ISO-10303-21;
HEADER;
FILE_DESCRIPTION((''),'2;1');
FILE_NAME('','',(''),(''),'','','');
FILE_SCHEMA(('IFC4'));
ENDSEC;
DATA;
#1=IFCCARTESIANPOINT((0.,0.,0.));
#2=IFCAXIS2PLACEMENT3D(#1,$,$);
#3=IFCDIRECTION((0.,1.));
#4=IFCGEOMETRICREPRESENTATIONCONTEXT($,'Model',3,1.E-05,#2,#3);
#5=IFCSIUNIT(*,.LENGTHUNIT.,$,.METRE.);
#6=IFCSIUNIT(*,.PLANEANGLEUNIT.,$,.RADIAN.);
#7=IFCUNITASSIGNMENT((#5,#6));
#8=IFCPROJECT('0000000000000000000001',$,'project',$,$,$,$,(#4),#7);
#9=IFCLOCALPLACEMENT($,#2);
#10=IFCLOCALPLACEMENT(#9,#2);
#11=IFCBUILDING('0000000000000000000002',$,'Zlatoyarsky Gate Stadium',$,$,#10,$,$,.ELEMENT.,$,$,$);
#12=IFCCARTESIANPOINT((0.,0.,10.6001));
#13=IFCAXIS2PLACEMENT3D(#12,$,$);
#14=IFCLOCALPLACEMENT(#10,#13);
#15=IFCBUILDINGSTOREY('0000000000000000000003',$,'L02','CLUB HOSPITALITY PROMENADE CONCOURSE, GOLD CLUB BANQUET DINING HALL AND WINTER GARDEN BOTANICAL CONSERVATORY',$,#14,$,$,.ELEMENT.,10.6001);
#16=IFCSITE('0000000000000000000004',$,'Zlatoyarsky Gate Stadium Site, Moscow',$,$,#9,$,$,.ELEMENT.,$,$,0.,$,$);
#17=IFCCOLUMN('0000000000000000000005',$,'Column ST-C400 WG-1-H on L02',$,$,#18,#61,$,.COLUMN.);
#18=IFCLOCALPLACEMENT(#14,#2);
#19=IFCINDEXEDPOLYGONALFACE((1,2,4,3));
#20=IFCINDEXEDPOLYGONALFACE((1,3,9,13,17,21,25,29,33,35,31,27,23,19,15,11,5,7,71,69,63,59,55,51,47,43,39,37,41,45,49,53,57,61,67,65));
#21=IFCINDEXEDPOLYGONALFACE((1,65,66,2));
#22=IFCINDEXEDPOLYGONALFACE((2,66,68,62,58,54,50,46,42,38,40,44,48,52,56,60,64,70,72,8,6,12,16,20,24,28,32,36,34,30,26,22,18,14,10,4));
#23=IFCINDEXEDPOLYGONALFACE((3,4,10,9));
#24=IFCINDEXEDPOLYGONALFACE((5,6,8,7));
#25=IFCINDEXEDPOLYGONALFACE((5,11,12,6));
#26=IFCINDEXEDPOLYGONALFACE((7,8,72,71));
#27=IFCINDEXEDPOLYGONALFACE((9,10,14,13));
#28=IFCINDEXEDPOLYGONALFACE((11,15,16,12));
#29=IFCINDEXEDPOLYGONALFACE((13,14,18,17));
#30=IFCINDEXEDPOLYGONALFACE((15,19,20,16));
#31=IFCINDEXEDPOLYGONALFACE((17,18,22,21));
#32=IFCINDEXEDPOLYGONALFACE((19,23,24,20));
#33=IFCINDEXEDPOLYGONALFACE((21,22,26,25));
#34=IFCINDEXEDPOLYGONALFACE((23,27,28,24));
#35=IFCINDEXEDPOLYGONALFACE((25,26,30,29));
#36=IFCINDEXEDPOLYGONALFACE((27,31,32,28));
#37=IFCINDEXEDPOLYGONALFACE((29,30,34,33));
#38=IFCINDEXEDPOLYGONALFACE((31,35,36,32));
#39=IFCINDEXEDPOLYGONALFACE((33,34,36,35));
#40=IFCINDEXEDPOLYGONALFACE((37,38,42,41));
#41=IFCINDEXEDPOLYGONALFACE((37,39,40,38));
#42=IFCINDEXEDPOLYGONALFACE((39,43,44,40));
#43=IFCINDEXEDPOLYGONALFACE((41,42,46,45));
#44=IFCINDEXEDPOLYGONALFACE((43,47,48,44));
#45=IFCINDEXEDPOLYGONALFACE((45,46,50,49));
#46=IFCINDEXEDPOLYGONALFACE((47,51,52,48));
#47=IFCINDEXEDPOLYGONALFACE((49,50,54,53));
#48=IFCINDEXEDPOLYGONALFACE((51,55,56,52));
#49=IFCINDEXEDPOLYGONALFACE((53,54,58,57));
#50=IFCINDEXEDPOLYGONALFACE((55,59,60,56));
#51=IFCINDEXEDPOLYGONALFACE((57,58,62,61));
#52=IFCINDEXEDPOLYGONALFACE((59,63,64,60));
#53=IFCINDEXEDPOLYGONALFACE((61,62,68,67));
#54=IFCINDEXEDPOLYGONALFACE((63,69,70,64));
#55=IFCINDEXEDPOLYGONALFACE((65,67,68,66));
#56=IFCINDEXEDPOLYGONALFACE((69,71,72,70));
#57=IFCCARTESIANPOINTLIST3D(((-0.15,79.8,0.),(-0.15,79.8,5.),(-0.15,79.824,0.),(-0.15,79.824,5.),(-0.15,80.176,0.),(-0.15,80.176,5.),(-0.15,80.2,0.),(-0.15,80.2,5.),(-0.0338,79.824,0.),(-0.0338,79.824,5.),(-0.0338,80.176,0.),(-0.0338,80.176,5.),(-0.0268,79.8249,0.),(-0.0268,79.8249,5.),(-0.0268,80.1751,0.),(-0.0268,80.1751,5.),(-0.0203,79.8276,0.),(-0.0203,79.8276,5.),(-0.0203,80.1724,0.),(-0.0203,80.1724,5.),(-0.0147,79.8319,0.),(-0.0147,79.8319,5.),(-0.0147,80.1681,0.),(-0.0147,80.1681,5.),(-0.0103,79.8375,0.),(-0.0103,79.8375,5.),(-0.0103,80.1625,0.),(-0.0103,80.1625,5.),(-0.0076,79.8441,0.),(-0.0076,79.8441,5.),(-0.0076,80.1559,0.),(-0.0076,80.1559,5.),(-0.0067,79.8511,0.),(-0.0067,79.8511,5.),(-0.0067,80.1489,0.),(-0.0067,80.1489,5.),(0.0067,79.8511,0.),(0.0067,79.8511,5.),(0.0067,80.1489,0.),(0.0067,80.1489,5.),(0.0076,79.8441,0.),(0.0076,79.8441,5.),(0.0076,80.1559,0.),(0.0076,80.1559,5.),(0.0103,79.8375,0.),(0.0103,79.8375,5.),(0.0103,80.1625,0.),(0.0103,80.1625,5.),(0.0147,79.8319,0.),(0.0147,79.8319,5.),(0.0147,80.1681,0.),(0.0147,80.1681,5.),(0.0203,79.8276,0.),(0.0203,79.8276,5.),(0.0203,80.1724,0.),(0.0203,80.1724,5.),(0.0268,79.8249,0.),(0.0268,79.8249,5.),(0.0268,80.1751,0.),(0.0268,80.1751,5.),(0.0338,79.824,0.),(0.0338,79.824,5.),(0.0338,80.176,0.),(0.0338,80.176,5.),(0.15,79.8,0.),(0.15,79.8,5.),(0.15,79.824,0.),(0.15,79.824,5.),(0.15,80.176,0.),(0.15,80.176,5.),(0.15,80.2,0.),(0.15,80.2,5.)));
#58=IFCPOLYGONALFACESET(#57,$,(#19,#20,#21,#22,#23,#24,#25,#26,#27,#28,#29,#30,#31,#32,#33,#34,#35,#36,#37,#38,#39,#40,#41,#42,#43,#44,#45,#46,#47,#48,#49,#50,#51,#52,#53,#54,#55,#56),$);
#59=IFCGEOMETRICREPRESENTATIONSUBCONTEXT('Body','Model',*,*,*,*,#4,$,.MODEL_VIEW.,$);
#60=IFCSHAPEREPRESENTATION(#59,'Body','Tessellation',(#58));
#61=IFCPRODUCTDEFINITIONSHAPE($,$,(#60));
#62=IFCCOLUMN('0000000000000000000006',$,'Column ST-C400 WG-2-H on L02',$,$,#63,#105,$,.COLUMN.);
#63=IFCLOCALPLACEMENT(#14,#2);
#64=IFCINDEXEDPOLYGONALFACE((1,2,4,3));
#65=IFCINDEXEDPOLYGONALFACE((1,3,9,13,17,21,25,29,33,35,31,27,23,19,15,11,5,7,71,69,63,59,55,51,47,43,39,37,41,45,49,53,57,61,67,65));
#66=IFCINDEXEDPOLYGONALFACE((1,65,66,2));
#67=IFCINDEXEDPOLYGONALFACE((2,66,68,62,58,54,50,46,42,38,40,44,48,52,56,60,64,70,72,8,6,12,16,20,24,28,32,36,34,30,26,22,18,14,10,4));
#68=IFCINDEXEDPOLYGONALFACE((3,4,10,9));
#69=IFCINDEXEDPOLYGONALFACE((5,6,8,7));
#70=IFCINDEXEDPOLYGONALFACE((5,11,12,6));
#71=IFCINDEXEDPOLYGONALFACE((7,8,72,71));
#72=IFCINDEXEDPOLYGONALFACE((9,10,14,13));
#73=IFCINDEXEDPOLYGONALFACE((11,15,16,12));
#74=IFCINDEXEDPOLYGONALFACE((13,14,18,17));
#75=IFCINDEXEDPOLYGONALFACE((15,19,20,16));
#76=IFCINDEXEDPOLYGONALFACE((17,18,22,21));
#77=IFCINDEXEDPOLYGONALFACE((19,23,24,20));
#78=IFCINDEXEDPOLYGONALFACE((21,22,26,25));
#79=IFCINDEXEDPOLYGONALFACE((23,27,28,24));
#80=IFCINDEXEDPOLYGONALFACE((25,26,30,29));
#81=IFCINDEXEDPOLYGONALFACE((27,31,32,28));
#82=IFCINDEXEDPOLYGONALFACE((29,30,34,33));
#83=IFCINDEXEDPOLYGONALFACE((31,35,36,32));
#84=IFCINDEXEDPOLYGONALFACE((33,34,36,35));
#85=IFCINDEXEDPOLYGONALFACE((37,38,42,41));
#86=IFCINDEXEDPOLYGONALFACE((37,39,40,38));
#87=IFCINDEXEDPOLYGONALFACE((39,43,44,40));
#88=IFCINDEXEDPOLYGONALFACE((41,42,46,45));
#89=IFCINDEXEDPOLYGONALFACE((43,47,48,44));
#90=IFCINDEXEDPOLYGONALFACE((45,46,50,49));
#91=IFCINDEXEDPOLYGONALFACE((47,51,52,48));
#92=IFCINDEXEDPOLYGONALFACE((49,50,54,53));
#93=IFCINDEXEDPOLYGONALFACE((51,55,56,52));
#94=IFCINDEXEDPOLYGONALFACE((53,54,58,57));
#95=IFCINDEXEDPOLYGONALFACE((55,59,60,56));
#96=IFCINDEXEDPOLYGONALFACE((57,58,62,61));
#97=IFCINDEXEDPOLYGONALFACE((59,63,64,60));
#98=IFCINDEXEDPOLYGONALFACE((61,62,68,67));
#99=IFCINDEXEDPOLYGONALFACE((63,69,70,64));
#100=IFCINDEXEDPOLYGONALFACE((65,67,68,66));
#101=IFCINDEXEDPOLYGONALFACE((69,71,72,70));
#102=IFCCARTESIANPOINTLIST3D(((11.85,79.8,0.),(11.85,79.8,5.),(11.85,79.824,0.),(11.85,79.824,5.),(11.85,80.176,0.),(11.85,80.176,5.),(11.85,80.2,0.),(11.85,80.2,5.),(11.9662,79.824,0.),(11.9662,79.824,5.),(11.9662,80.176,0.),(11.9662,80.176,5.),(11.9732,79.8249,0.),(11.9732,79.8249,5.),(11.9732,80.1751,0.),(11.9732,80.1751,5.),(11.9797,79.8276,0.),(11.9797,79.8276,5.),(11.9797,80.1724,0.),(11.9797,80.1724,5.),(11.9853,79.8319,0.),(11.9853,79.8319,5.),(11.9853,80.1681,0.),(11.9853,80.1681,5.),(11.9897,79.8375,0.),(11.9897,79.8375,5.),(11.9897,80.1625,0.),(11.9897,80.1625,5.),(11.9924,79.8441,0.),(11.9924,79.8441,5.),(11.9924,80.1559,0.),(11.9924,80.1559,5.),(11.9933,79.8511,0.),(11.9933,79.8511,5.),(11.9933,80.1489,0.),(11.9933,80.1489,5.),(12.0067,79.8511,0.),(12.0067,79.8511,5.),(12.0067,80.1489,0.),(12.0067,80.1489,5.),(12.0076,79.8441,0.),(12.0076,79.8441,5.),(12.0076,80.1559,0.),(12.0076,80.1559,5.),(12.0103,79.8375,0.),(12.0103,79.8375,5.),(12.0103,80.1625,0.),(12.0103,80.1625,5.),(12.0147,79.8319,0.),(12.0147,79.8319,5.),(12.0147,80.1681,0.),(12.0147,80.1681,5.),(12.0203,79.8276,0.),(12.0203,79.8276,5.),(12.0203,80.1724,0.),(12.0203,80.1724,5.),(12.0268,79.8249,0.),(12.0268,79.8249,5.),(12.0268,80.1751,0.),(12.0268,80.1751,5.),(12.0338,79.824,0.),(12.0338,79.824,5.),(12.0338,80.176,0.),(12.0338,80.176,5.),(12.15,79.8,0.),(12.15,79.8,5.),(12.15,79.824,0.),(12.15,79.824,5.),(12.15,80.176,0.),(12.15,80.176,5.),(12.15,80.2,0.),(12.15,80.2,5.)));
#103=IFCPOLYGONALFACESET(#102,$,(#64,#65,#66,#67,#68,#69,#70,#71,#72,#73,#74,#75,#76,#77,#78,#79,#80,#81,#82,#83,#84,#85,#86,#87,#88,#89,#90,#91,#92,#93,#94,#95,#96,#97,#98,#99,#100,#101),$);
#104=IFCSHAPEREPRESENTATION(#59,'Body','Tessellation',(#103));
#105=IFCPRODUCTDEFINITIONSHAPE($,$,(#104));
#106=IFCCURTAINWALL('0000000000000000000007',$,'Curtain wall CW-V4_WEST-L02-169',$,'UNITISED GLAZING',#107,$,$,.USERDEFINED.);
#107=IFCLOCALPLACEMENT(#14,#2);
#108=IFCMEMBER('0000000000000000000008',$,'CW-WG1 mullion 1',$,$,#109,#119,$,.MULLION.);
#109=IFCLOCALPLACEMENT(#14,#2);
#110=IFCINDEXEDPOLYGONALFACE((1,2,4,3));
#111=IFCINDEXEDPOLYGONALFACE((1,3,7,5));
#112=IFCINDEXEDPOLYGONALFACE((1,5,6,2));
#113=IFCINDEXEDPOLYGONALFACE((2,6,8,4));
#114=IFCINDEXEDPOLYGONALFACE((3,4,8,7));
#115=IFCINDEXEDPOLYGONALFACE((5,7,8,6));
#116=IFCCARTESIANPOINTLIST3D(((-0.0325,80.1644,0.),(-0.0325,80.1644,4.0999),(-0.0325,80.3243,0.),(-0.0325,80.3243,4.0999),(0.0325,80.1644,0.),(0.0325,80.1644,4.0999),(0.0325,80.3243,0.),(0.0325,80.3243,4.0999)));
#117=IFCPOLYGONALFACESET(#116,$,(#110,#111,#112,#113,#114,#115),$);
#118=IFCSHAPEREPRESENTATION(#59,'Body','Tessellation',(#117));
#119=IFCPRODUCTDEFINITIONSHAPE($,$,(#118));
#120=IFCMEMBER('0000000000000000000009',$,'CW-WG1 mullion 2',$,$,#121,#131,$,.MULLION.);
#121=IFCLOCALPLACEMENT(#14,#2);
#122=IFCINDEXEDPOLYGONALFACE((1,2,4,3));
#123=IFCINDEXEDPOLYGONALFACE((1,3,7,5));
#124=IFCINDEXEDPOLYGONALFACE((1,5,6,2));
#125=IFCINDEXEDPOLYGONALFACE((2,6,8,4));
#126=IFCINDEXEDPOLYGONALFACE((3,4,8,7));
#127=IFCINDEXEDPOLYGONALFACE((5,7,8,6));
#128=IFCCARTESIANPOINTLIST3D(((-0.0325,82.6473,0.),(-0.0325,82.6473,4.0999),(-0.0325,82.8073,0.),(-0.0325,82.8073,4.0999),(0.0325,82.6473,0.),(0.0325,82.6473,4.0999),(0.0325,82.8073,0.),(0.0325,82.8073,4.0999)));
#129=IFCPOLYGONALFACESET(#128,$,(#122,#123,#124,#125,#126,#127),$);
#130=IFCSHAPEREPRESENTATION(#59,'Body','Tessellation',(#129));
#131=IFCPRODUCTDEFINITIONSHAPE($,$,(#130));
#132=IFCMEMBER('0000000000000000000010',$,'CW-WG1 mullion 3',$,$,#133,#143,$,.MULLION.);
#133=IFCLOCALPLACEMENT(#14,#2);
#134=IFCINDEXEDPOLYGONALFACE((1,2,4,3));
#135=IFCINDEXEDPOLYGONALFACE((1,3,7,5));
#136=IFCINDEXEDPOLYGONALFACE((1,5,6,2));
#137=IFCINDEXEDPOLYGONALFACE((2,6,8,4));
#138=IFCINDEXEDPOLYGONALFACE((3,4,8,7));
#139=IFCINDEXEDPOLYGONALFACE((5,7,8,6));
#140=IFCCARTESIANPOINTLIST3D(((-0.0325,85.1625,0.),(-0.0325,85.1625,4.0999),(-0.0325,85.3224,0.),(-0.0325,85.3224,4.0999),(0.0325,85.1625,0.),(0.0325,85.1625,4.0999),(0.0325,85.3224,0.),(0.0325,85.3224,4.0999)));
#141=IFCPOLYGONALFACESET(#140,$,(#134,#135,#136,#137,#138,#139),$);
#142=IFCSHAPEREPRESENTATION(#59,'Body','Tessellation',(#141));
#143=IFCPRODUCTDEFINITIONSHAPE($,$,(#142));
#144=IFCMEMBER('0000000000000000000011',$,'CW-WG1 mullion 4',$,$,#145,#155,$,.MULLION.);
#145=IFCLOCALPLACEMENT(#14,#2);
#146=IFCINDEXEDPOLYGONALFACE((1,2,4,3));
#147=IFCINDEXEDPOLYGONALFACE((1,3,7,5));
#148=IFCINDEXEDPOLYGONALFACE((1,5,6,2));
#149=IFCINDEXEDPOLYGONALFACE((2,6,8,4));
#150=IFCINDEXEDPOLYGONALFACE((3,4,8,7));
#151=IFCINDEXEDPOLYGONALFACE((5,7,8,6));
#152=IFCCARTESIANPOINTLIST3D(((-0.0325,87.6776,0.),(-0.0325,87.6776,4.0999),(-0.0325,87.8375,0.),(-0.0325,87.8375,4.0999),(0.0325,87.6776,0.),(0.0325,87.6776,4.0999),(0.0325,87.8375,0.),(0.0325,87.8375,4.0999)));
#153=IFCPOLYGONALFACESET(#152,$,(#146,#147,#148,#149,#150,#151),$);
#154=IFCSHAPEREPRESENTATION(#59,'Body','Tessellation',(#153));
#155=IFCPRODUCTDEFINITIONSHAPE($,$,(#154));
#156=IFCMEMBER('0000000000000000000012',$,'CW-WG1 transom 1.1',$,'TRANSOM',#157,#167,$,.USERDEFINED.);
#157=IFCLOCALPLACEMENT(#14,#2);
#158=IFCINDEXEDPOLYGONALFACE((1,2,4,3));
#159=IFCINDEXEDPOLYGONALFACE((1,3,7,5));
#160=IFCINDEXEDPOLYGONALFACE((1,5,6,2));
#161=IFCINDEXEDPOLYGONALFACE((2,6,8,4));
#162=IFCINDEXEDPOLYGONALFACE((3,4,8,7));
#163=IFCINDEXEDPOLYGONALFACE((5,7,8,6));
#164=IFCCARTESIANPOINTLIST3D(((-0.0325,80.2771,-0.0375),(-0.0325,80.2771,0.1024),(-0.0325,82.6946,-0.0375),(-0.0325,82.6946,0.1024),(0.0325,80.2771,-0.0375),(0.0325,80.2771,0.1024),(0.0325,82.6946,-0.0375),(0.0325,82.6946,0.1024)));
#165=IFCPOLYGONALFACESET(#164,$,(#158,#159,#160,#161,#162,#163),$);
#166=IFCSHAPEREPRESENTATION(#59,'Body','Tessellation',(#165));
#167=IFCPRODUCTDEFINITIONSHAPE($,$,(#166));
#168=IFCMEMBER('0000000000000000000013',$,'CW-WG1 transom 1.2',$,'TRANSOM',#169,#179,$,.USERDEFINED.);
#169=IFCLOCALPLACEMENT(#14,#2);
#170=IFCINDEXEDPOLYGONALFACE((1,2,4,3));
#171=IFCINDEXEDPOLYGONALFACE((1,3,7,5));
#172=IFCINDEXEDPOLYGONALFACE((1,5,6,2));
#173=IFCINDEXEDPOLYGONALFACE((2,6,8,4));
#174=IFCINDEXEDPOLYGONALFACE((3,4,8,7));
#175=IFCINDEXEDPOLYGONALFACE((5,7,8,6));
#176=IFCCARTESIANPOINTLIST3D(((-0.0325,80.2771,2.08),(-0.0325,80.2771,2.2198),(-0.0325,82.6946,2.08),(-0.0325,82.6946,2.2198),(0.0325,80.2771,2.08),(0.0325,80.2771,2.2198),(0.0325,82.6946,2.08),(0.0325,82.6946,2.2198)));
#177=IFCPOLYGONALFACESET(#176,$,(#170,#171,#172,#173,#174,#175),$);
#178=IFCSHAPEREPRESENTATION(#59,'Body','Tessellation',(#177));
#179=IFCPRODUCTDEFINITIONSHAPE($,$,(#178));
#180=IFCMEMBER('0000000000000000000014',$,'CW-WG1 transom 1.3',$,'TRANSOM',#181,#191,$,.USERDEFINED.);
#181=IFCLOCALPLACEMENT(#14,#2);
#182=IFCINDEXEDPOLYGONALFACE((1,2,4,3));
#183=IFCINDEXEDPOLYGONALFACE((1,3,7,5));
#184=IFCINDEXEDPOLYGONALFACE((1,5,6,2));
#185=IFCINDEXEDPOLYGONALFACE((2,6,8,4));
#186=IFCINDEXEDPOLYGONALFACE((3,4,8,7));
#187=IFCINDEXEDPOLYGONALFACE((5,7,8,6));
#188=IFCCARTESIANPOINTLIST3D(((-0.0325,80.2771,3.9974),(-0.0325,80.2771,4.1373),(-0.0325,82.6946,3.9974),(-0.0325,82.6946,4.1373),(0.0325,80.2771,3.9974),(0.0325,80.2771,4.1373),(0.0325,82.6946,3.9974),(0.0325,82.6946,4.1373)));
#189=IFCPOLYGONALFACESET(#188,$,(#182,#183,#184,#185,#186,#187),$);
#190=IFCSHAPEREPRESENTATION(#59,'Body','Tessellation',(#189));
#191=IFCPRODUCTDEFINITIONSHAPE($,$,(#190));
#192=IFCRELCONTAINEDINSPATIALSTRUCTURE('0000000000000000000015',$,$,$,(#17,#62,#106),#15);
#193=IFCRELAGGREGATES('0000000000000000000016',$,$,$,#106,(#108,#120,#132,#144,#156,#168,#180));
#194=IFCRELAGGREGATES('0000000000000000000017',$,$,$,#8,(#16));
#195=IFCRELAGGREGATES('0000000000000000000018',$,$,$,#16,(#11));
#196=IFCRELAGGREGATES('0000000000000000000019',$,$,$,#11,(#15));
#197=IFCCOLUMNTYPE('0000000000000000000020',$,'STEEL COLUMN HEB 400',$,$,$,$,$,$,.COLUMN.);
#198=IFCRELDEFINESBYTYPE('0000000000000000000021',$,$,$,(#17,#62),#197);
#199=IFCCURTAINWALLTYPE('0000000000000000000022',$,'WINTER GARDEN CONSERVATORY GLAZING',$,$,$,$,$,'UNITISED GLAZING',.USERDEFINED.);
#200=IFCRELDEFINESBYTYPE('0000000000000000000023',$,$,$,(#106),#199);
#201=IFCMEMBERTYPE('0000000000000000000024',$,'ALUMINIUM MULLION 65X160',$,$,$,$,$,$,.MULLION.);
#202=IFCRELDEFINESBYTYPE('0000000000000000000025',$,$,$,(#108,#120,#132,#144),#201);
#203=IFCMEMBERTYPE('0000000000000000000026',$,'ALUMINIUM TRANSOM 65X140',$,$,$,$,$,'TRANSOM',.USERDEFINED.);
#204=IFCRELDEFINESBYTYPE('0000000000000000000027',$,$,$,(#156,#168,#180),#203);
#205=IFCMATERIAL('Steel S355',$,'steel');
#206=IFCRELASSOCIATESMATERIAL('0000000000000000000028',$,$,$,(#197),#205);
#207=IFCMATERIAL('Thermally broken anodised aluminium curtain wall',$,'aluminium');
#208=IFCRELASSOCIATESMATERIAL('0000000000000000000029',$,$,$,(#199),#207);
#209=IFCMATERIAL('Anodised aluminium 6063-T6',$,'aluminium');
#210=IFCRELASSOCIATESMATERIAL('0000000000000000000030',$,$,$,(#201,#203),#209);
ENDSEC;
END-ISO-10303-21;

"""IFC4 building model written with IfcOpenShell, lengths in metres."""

from ifc_helpers import new_model, si_unit, direction, frame, origin, origin_2d, place, context, subcontext, project, spatial, rectangle, i_section, extrude, material, material_profile, profile_set, type_object, element, aggregate, save


model = new_model("IFC4")

# Units and contexts
model_context = context("Model", 3, precision=1e-05, world=origin(), true_north=direction((0.0, 1.0)))
body_context = subcontext(model_context, "Body", "Model", "MODEL_VIEW")
ifc_project = project(units=[si_unit("LENGTHUNIT", "METRE"), si_unit("PLANEANGLEUNIT", "RADIAN")], contexts=[model_context])

# Site, building, storey
site_placement = place(None, origin())
site = spatial("IfcSite", under=ifc_project, at=site_placement, Name="Zlatoyarsky Gate Stadium Site, Moscow", CompositionType="ELEMENT", RefElevation=0.0)
building_placement = place(site_placement, origin())
building = spatial("IfcBuilding", under=site, at=building_placement, Name="Zlatoyarsky Gate Stadium", CompositionType="ELEMENT")
storey_placement = place(building_placement, frame((0.0, 0.0, 10.6001)))
storey = spatial("IfcBuildingStorey", under=building, at=storey_placement, Name="L02", Description="CLUB HOSPITALITY PROMENADE CONCOURSE, GOLD CLUB BANQUET DINING HALL AND WINTER GARDEN BOTANICAL CONSERVATORY", CompositionType="ELEMENT", Elevation=10.6001)

# Columns
ifc_material_1 = material(Name="Steel S355", Category="steel")
ifc_material_profile_1 = material_profile(ifc_material_1, i_section(OverallWidth=0.3, OverallDepth=0.3999, WebThickness=0.0134, FlangeThickness=0.0239, FilletRadius=0.0271, at=origin_2d()), Name="HEB 400")
ifc_profile_set_1 = profile_set([ifc_material_profile_1], Name="Steel S355")
column_type = type_object("IfcColumnType", Name="STEEL COLUMN HEB 400", PredefinedType="COLUMN", material=ifc_profile_set_1)
for number, where, z_axis, x_axis, name in (
    (1, (0.0, 80.0, 0.0), (0.0, 0.0, 1.0), (1.0, 0.0, 0.0), "Column ST-C400 WG-1-H on L02"),
    (2, (12.0, 80.0, 0.0), (0.0, 0.0, 1.0), (1.0, 0.0, 0.0), "Column ST-C400 WG-2-H on L02"),
):
    element("IfcColumn", number, at=place(storey_placement, frame(where, z_axis=z_axis, x_axis=x_axis)), inside=storey, type_object=column_type, Name=name, PredefinedType="COLUMN", context=body_context, shape_type="SweptSolid", body=[
        extrude(i_section(OverallWidth=0.3, OverallDepth=0.3999, WebThickness=0.0134, FlangeThickness=0.0239, FilletRadius=0.0271, at=origin_2d()), origin(), (0.0, 0.0, 1.0), 5.0),
    ])

# Curtain wall, members
ifc_material_2 = material(Name="Thermally broken anodised aluminium curtain wall", Category="aluminium")
curtain_wall_type = type_object("IfcCurtainWallType", Name="WINTER GARDEN CONSERVATORY GLAZING", ElementType="UNITISED GLAZING", PredefinedType="USERDEFINED", material=ifc_material_2)
curtain_wall_placement = place(storey_placement, origin())
curtain_wall = element("IfcCurtainWall", 3, at=curtain_wall_placement, inside=storey, type_object=curtain_wall_type, Name="Curtain wall CW-V4_WEST-L02-169", ObjectType="UNITISED GLAZING", PredefinedType="USERDEFINED")
ifc_material_3 = material(Name="Anodised aluminium 6063-T6", Category="aluminium")
ifc_material_profile_2 = material_profile(ifc_material_3, rectangle(XDim=0.0649, YDim=0.1599, at=origin_2d()), Name="ALU 65X160")
ifc_profile_set_2 = profile_set([ifc_material_profile_2], Name="Anodised aluminium 6063-T6")
member_type_1 = type_object("IfcMemberType", Name="ALUMINIUM MULLION 65X160", PredefinedType="MULLION", material=ifc_profile_set_2)
member_1_placement = place(storey_placement, frame((0.0, 80.2444, 0.0), z_axis=(0.0, 0.0, 1.0), x_axis=(-1.0, 0.0, 0.0)))
member_1 = element("IfcMember", 4, at=member_1_placement, type_object=member_type_1, Name="CW-WG1 mullion 1", PredefinedType="MULLION", context=body_context, shape_type="SweptSolid", body=[
    extrude(rectangle(XDim=0.0649, YDim=0.1599, at=origin_2d()), origin(), (0.0, 0.0, 1.0), 4.0999),
])
member_2_placement = place(storey_placement, frame((0.0, 82.7273, 0.0), z_axis=(0.0, 0.0, 1.0), x_axis=(-1.0, 0.0, 0.0)))
member_2 = element("IfcMember", 5, at=member_2_placement, type_object=member_type_1, Name="CW-WG1 mullion 2", PredefinedType="MULLION", context=body_context, shape_type="SweptSolid", body=[
    extrude(rectangle(XDim=0.0649, YDim=0.1599, at=origin_2d()), origin(), (0.0, 0.0, 1.0), 4.0999),
])
member_3_placement = place(storey_placement, frame((0.0, 85.2424, 0.0), z_axis=(0.0, 0.0, 1.0), x_axis=(-1.0, 0.0, 0.0)))
member_3 = element("IfcMember", 6, at=member_3_placement, type_object=member_type_1, Name="CW-WG1 mullion 3", PredefinedType="MULLION", context=body_context, shape_type="SweptSolid", body=[
    extrude(rectangle(XDim=0.0649, YDim=0.1599, at=origin_2d()), origin(), (0.0, 0.0, 1.0), 4.0999),
])
member_4_placement = place(storey_placement, frame((0.0, 87.7576, 0.0), z_axis=(0.0, 0.0, 1.0), x_axis=(-1.0, 0.0, 0.0)))
member_4 = element("IfcMember", 7, at=member_4_placement, type_object=member_type_1, Name="CW-WG1 mullion 4", PredefinedType="MULLION", context=body_context, shape_type="SweptSolid", body=[
    extrude(rectangle(XDim=0.0649, YDim=0.1599, at=origin_2d()), origin(), (0.0, 0.0, 1.0), 4.0999),
])
ifc_material_profile_3 = material_profile(ifc_material_3, rectangle(XDim=0.0649, YDim=0.1399, at=origin_2d()), Name="ALU 65X140")
ifc_profile_set_3 = profile_set([ifc_material_profile_3], Name="Anodised aluminium 6063-T6")
member_type_2 = type_object("IfcMemberType", Name="ALUMINIUM TRANSOM 65X140", ElementType="TRANSOM", PredefinedType="USERDEFINED", material=ifc_profile_set_3)
member_5_placement = place(storey_placement, frame((0.0, 80.2771, 0.0325), z_axis=(0.0, 1.0, 0.0), x_axis=(-1.0, 0.0, 0.0)))
member_5 = element("IfcMember", 8, at=member_5_placement, type_object=member_type_2, Name="CW-WG1 transom 1.1", ObjectType="TRANSOM", PredefinedType="USERDEFINED", context=body_context, shape_type="SweptSolid", body=[
    extrude(rectangle(XDim=0.0649, YDim=0.1399, at=origin_2d()), origin(), (0.0, 0.0, 1.0), 2.4175),
])
member_6_placement = place(storey_placement, frame((0.0, 80.2771, 2.1499), z_axis=(0.0, 1.0, 0.0), x_axis=(-1.0, 0.0, 0.0)))
member_6 = element("IfcMember", 9, at=member_6_placement, type_object=member_type_2, Name="CW-WG1 transom 1.2", ObjectType="TRANSOM", PredefinedType="USERDEFINED", context=body_context, shape_type="SweptSolid", body=[
    extrude(rectangle(XDim=0.0649, YDim=0.1399, at=origin_2d()), origin(), (0.0, 0.0, 1.0), 2.4175),
])
member_7_placement = place(storey_placement, frame((0.0, 80.2771, 4.0674), z_axis=(0.0, 1.0, 0.0), x_axis=(-1.0, 0.0, 0.0)))
member_7 = element("IfcMember", 10, at=member_7_placement, type_object=member_type_2, Name="CW-WG1 transom 1.3", ObjectType="TRANSOM", PredefinedType="USERDEFINED", context=body_context, shape_type="SweptSolid", body=[
    extrude(rectangle(XDim=0.0649, YDim=0.1399, at=origin_2d()), origin(), (0.0, 0.0, 1.0), 2.4175),
])

aggregate(curtain_wall, [member_1, member_2, member_3, member_4, member_5, member_6, member_7])

save(model, "model.ifc")
